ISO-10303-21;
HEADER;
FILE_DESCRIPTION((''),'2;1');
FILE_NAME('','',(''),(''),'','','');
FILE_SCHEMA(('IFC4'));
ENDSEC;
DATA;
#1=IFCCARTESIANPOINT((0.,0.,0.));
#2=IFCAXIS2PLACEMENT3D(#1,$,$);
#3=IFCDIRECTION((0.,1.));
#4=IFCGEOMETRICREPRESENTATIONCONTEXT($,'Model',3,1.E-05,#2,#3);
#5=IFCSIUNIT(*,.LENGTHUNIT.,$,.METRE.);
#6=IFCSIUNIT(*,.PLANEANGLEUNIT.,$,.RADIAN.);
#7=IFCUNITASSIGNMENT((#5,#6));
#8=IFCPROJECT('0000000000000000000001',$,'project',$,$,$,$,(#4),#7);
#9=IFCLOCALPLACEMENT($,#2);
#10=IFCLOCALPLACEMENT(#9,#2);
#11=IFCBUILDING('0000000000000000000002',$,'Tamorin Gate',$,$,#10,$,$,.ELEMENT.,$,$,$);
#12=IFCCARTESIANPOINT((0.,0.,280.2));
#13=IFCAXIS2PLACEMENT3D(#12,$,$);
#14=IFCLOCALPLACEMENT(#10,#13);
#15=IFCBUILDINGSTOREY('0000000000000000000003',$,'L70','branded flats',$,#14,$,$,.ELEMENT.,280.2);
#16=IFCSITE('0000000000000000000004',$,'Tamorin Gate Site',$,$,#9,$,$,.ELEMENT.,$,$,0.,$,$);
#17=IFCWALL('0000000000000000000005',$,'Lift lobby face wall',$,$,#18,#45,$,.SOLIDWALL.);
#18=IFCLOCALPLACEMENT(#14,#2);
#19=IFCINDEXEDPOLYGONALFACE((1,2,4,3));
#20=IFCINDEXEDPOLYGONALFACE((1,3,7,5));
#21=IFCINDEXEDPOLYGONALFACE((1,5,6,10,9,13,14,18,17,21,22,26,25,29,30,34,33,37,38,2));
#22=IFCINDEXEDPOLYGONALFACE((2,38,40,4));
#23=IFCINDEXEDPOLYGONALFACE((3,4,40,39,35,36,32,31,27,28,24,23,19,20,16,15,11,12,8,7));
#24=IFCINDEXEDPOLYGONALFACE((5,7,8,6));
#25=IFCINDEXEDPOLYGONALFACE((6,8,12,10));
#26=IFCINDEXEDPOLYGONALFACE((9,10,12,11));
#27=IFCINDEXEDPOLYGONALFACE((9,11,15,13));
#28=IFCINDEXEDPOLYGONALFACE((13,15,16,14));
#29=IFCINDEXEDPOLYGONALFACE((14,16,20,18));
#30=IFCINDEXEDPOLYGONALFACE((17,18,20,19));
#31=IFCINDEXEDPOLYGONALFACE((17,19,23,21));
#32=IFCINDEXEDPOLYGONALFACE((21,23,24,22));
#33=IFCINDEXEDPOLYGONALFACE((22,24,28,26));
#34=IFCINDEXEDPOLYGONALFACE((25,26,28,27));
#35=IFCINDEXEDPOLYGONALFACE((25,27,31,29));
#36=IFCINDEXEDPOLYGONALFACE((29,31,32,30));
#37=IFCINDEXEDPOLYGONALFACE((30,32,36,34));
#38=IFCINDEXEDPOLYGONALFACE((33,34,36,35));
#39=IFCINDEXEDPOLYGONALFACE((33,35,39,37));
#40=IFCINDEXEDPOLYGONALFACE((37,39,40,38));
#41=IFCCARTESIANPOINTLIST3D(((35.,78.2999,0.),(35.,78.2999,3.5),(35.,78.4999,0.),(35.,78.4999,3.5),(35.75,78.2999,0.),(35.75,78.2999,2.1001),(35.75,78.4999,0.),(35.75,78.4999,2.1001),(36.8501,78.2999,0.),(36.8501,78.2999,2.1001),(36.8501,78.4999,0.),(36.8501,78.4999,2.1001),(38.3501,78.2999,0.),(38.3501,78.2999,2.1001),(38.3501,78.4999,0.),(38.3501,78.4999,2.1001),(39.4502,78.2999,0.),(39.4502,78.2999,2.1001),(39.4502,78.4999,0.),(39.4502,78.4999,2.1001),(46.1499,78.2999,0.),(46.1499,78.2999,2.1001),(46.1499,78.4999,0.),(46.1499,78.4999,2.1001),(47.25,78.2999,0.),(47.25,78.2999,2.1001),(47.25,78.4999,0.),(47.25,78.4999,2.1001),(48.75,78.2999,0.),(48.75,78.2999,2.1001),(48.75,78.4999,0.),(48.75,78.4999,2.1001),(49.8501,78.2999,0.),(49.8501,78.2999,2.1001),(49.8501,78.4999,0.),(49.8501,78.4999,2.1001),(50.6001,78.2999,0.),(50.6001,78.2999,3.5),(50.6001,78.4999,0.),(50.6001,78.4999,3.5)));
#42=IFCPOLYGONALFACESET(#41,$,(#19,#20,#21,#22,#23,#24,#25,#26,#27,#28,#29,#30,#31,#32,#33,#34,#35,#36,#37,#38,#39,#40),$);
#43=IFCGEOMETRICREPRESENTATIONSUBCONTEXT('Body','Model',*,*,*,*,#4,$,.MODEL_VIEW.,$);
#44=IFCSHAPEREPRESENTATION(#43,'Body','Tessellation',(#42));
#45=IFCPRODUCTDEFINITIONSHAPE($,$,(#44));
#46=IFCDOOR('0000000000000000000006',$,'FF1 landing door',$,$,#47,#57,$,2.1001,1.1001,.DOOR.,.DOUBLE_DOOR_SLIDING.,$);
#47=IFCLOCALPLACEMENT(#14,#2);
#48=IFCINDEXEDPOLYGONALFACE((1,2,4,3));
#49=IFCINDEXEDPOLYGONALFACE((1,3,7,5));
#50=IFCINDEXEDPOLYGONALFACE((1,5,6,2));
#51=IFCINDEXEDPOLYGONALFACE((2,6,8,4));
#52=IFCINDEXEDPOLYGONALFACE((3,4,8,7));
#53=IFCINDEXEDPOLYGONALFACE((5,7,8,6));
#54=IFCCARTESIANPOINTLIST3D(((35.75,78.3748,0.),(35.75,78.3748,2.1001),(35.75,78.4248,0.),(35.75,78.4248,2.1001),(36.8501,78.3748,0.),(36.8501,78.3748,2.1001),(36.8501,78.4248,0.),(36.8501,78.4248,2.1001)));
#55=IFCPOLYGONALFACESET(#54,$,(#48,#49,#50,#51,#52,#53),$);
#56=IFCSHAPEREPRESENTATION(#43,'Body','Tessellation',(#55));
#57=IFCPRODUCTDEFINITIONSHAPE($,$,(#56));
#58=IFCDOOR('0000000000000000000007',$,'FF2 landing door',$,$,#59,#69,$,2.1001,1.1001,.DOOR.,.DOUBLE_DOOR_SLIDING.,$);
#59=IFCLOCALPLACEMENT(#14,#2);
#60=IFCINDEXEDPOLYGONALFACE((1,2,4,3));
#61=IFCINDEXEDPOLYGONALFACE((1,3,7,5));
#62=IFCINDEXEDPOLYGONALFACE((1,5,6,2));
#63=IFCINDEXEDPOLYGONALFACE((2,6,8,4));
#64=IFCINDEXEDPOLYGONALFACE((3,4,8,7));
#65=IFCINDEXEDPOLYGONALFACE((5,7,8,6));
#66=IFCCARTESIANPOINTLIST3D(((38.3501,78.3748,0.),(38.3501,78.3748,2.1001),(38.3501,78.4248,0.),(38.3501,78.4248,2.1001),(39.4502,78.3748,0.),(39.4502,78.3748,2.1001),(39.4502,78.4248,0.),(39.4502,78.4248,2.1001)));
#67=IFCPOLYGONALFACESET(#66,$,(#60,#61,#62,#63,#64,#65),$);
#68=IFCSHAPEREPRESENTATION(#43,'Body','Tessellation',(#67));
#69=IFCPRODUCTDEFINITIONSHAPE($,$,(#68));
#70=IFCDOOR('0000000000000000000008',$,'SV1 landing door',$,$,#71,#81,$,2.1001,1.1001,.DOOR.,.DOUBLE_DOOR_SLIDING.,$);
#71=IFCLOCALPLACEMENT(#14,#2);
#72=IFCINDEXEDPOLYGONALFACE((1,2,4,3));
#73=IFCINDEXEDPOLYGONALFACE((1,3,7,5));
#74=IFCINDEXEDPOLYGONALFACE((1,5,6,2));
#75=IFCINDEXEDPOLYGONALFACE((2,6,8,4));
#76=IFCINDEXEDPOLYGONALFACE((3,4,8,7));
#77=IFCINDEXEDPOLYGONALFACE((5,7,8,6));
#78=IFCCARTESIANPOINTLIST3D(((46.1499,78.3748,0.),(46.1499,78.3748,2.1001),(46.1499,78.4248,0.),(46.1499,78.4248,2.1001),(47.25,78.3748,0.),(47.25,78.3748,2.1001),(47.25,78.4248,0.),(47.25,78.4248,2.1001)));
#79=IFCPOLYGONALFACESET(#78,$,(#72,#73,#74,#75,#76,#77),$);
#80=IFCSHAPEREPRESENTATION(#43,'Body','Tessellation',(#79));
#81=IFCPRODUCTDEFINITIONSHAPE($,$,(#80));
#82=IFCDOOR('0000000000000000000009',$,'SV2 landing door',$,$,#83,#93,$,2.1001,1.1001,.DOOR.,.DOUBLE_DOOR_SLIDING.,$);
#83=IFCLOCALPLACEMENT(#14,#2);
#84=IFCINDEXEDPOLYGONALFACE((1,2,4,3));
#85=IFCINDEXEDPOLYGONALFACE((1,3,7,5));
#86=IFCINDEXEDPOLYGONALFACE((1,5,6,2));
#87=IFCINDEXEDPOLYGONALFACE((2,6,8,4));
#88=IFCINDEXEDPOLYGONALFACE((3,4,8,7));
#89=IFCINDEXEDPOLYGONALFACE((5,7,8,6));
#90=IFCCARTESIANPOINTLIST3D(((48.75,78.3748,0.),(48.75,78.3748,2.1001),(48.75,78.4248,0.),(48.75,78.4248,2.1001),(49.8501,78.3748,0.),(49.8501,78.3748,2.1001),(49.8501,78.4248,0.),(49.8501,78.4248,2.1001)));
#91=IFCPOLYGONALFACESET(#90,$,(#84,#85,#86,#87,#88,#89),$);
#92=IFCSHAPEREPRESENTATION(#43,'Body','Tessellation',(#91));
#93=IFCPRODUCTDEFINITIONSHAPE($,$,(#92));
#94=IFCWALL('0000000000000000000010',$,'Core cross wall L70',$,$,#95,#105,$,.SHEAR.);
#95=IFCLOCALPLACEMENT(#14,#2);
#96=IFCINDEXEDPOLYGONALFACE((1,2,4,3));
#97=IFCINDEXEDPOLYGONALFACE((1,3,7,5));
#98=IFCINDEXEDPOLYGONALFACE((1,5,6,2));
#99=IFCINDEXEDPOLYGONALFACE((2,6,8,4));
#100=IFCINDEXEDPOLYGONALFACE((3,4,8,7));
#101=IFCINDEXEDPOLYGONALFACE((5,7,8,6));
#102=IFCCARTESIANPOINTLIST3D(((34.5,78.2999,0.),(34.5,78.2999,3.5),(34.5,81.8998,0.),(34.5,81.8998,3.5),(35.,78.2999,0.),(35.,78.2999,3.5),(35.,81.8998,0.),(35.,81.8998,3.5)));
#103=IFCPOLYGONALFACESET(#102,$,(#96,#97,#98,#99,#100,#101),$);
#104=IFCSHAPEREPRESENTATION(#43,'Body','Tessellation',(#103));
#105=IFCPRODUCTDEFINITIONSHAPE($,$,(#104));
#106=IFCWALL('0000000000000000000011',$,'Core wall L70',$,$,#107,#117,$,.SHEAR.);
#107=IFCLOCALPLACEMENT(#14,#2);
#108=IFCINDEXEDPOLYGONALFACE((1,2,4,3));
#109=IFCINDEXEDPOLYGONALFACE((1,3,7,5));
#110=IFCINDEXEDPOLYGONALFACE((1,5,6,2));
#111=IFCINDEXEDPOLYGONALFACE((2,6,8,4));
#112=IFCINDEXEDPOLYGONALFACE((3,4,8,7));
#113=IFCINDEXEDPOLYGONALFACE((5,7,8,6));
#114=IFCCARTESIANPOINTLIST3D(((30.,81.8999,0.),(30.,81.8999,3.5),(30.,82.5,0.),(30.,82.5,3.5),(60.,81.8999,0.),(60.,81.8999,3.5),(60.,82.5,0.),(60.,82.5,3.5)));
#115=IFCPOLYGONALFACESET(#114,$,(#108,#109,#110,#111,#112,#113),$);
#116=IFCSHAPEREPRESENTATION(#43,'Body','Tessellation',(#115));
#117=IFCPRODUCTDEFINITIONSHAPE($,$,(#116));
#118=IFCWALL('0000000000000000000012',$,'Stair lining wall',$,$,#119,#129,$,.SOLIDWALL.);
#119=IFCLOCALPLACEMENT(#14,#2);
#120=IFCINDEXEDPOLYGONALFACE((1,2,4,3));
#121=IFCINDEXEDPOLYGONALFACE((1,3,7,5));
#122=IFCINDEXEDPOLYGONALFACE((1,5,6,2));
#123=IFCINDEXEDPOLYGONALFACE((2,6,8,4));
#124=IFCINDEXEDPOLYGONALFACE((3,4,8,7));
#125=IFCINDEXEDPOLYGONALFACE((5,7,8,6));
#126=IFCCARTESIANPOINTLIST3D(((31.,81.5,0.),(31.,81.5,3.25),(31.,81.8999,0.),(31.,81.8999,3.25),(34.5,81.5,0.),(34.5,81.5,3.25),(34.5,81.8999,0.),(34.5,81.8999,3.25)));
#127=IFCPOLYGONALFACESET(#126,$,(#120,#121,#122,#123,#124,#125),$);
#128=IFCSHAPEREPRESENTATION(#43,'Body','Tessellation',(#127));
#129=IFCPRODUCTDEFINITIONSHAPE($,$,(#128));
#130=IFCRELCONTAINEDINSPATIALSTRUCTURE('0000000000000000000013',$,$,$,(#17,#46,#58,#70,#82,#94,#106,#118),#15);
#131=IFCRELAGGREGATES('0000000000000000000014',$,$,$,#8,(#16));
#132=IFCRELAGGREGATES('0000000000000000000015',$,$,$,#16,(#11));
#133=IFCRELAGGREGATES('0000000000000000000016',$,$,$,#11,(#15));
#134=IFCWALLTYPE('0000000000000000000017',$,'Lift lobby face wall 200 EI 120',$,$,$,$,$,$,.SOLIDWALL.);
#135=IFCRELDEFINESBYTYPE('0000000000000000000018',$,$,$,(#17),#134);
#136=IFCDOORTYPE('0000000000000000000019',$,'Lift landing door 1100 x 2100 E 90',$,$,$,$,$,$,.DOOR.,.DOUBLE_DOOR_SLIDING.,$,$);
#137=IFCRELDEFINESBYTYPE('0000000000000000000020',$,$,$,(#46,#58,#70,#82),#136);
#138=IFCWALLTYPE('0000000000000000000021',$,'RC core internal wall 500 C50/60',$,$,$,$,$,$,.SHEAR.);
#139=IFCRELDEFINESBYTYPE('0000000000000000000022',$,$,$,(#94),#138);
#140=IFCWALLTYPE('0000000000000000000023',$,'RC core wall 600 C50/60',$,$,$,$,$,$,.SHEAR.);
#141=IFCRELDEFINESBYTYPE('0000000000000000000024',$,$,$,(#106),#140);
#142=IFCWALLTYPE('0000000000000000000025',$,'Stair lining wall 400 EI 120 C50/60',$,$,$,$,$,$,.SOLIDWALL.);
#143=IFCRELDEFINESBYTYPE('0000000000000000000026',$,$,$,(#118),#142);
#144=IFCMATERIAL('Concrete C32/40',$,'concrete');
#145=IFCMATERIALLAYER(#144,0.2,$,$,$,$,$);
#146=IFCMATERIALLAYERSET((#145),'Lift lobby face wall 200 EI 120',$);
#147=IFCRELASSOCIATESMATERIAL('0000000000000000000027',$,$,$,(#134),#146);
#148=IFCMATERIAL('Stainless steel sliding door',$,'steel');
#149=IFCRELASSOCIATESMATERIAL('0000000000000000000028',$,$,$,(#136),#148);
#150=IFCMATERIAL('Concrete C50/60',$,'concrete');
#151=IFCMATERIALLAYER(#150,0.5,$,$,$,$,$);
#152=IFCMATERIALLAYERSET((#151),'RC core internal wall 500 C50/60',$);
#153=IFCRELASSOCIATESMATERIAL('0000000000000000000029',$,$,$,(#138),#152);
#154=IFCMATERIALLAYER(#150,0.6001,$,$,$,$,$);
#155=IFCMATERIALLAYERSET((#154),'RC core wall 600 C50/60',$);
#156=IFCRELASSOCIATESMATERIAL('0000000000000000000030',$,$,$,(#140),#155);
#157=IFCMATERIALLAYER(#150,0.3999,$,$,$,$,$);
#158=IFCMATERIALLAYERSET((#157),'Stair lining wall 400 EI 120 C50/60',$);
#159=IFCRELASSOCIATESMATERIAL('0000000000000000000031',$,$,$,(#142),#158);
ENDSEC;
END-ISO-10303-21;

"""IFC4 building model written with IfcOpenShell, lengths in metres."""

from ifc_helpers import new_model, si_unit, direction, frame, frame_2d, origin, place, context, subcontext, project, spatial, rectangle, extrude, material, layer, layer_set, type_object, element, fill, save


model = new_model("IFC4")

# Units and contexts
model_context = context("Model", 3, precision=1e-05, world=origin(), true_north=direction((0.0, 1.0)))
body_context = subcontext(model_context, "Body", "Model", "MODEL_VIEW")
ifc_project = project(units=[si_unit("LENGTHUNIT", "METRE"), si_unit("PLANEANGLEUNIT", "RADIAN")], contexts=[model_context])

# Site, building, storey
site_placement = place(None, origin())
site = spatial("IfcSite", under=ifc_project, at=site_placement, Name="Tamorin Gate Site", CompositionType="ELEMENT", RefElevation=0.0)
building_placement = place(site_placement, origin())
building = spatial("IfcBuilding", under=site, at=building_placement, Name="Tamorin Gate", CompositionType="ELEMENT")
storey_placement = place(building_placement, frame((0.0, 0.0, 280.2)))
storey = spatial("IfcBuildingStorey", under=building, at=storey_placement, Name="L70", Description="branded flats", CompositionType="ELEMENT", Elevation=280.2)

# Wall, openings, doors
ifc_material_1 = material(Name="Concrete C32/40", Category="concrete")
ifc_layer_1 = layer(ifc_material_1, 0.2)
ifc_layer_set_1 = layer_set([ifc_layer_1], Name="Lift lobby face wall 200 EI 120")
wall_type_1 = type_object("IfcWallType", Name="Lift lobby face wall 200 EI 120", PredefinedType="SOLIDWALL", material=ifc_layer_set_1)
wall_1_placement = place(storey_placement, frame((35.0, 78.3999, 0.0), z_axis=(0.0, 0.0, 1.0), x_axis=(1.0, 0.0, 0.0)))
wall_1 = element("IfcWall", 1, at=wall_1_placement, inside=storey, type_object=wall_type_1, Name="Lift lobby face wall", PredefinedType="SOLIDWALL", context=body_context, shape_type="SweptSolid", body=[
    extrude(rectangle(XDim=15.6001, YDim=0.2, at=frame_2d((7.8, 0.0))), origin(), (0.0, 0.0, 1.0), 3.5),
])
opening_1_placement = place(wall_1_placement, frame((0.75, 0.0, 0.0)))
opening_1 = element("IfcOpeningElement", 2, at=opening_1_placement, cuts=wall_1, PredefinedType="OPENING", context=body_context, shape_type="SweptSolid", body=[
    extrude(rectangle(XDim=1.1001, YDim=2.1001, at=frame_2d((0.55, 1.05))), frame((0.0, 0.1099, 0.0), z_axis=(0.0, -1.0, 0.0), x_axis=(1.0, 0.0, 0.0)), (0.0, 0.0, 1.0), 0.22),
])
opening_2_placement = place(wall_1_placement, frame((3.3501, 0.0, 0.0)))
opening_2 = element("IfcOpeningElement", 3, at=opening_2_placement, cuts=wall_1, PredefinedType="OPENING", context=body_context, shape_type="SweptSolid", body=[
    extrude(rectangle(XDim=1.1001, YDim=2.1001, at=frame_2d((0.55, 1.05))), frame((0.0, 0.1099, 0.0), z_axis=(0.0, -1.0, 0.0), x_axis=(1.0, 0.0, 0.0)), (0.0, 0.0, 1.0), 0.22),
])
opening_3_placement = place(wall_1_placement, frame((11.1499, 0.0, 0.0)))
opening_3 = element("IfcOpeningElement", 4, at=opening_3_placement, cuts=wall_1, PredefinedType="OPENING", context=body_context, shape_type="SweptSolid", body=[
    extrude(rectangle(XDim=1.1001, YDim=2.1001, at=frame_2d((0.55, 1.05))), frame((0.0, 0.1099, 0.0), z_axis=(0.0, -1.0, 0.0), x_axis=(1.0, 0.0, 0.0)), (0.0, 0.0, 1.0), 0.22),
])
opening_4_placement = place(wall_1_placement, frame((13.75, 0.0, 0.0)))
opening_4 = element("IfcOpeningElement", 5, at=opening_4_placement, cuts=wall_1, PredefinedType="OPENING", context=body_context, shape_type="SweptSolid", body=[
    extrude(rectangle(XDim=1.1001, YDim=2.1001, at=frame_2d((0.55, 1.05))), frame((0.0, 0.1099, 0.0), z_axis=(0.0, -1.0, 0.0), x_axis=(1.0, 0.0, 0.0)), (0.0, 0.0, 1.0), 0.22),
])
ifc_material_2 = material(Name="Stainless steel sliding door", Category="steel")
door_type_1 = type_object("IfcDoorType", Name="Lift landing door 1100 x 2100 E 90", OperationType="DOUBLE_DOOR_SLIDING", PredefinedType="DOOR", material=ifc_material_2)
door_1_placement = place(opening_1_placement, origin())
door_1 = element("IfcDoor", 6, at=door_1_placement, inside=storey, type_object=door_type_1, Name="FF1 landing door", OperationType="DOUBLE_DOOR_SLIDING", OverallHeight=2.1001, OverallWidth=1.1001, PredefinedType="DOOR", context=body_context, shape_type="SweptSolid", body=[
    extrude(rectangle(XDim=1.1001, YDim=2.1001, at=frame_2d((0.55, 1.05))), frame((0.0, 0.0249, 0.0), z_axis=(0.0, -1.0, 0.0), x_axis=(1.0, 0.0, 0.0)), (0.0, 0.0, 1.0), 0.05),
])
fill(opening_1, door_1)
door_2_placement = place(opening_2_placement, origin())
door_2 = element("IfcDoor", 7, at=door_2_placement, inside=storey, type_object=door_type_1, Name="FF2 landing door", OperationType="DOUBLE_DOOR_SLIDING", OverallHeight=2.1001, OverallWidth=1.1001, PredefinedType="DOOR", context=body_context, shape_type="SweptSolid", body=[
    extrude(rectangle(XDim=1.1001, YDim=2.1001, at=frame_2d((0.55, 1.05))), frame((0.0, 0.0249, 0.0), z_axis=(0.0, -1.0, 0.0), x_axis=(1.0, 0.0, 0.0)), (0.0, 0.0, 1.0), 0.05),
])
fill(opening_2, door_2)
door_3_placement = place(opening_3_placement, origin())
door_3 = element("IfcDoor", 8, at=door_3_placement, inside=storey, type_object=door_type_1, Name="SV1 landing door", OperationType="DOUBLE_DOOR_SLIDING", OverallHeight=2.1001, OverallWidth=1.1001, PredefinedType="DOOR", context=body_context, shape_type="SweptSolid", body=[
    extrude(rectangle(XDim=1.1001, YDim=2.1001, at=frame_2d((0.55, 1.05))), frame((0.0, 0.0249, 0.0), z_axis=(0.0, -1.0, 0.0), x_axis=(1.0, 0.0, 0.0)), (0.0, 0.0, 1.0), 0.05),
])
fill(opening_3, door_3)
door_4_placement = place(opening_4_placement, origin())
door_4 = element("IfcDoor", 9, at=door_4_placement, inside=storey, type_object=door_type_1, Name="SV2 landing door", OperationType="DOUBLE_DOOR_SLIDING", OverallHeight=2.1001, OverallWidth=1.1001, PredefinedType="DOOR", context=body_context, shape_type="SweptSolid", body=[
    extrude(rectangle(XDim=1.1001, YDim=2.1001, at=frame_2d((0.55, 1.05))), frame((0.0, 0.0249, 0.0), z_axis=(0.0, -1.0, 0.0), x_axis=(1.0, 0.0, 0.0)), (0.0, 0.0, 1.0), 0.05),
])
fill(opening_4, door_4)

# Walls
ifc_material_3 = material(Name="Concrete C50/60", Category="concrete")
ifc_layer_2 = layer(ifc_material_3, 0.5)
ifc_layer_set_2 = layer_set([ifc_layer_2], Name="RC core internal wall 500 C50/60")
wall_type_2 = type_object("IfcWallType", Name="RC core internal wall 500 C50/60", PredefinedType="SHEAR", material=ifc_layer_set_2)
wall_2_placement = place(storey_placement, frame((34.75, 78.3, 0.0), z_axis=(0.0, 0.0, 1.0), x_axis=(0.0, 1.0, 0.0)))
element("IfcWall", 10, at=wall_2_placement, inside=storey, type_object=wall_type_2, Name="Core cross wall L70", PredefinedType="SHEAR", context=body_context, shape_type="SweptSolid", body=[
    extrude(rectangle(XDim=3.5999, YDim=0.5, at=frame_2d((1.7998, 0.0))), origin(), (0.0, 0.0, 1.0), 3.5),
])
ifc_layer_3 = layer(ifc_material_3, 0.6001)
ifc_layer_set_3 = layer_set([ifc_layer_3], Name="RC core wall 600 C50/60")
wall_type_3 = type_object("IfcWallType", Name="RC core wall 600 C50/60", PredefinedType="SHEAR", material=ifc_layer_set_3)
wall_3_placement = place(storey_placement, frame((30.0, 82.2, 0.0), z_axis=(0.0, 0.0, 1.0), x_axis=(1.0, 0.0, 0.0)))
element("IfcWall", 11, at=wall_3_placement, inside=storey, type_object=wall_type_3, Name="Core wall L70", PredefinedType="SHEAR", context=body_context, shape_type="SweptSolid", body=[
    extrude(rectangle(XDim=30.0, YDim=0.6001, at=frame_2d((15.0, 0.0))), origin(), (0.0, 0.0, 1.0), 3.5),
])
ifc_layer_4 = layer(ifc_material_3, 0.3999)
ifc_layer_set_4 = layer_set([ifc_layer_4], Name="Stair lining wall 400 EI 120 C50/60")
wall_type_4 = type_object("IfcWallType", Name="Stair lining wall 400 EI 120 C50/60", PredefinedType="SOLIDWALL", material=ifc_layer_set_4)
wall_4_placement = place(storey_placement, frame((31.0, 81.7, 0.0), z_axis=(0.0, 0.0, 1.0), x_axis=(1.0, 0.0, 0.0)))
element("IfcWall", 12, at=wall_4_placement, inside=storey, type_object=wall_type_4, Name="Stair lining wall", PredefinedType="SOLIDWALL", context=body_context, shape_type="SweptSolid", body=[
    extrude(rectangle(XDim=3.5, YDim=0.3999, at=frame_2d((1.75, 0.0))), origin(), (0.0, 0.0, 1.0), 3.25),
])

save(model, "model.ifc")
